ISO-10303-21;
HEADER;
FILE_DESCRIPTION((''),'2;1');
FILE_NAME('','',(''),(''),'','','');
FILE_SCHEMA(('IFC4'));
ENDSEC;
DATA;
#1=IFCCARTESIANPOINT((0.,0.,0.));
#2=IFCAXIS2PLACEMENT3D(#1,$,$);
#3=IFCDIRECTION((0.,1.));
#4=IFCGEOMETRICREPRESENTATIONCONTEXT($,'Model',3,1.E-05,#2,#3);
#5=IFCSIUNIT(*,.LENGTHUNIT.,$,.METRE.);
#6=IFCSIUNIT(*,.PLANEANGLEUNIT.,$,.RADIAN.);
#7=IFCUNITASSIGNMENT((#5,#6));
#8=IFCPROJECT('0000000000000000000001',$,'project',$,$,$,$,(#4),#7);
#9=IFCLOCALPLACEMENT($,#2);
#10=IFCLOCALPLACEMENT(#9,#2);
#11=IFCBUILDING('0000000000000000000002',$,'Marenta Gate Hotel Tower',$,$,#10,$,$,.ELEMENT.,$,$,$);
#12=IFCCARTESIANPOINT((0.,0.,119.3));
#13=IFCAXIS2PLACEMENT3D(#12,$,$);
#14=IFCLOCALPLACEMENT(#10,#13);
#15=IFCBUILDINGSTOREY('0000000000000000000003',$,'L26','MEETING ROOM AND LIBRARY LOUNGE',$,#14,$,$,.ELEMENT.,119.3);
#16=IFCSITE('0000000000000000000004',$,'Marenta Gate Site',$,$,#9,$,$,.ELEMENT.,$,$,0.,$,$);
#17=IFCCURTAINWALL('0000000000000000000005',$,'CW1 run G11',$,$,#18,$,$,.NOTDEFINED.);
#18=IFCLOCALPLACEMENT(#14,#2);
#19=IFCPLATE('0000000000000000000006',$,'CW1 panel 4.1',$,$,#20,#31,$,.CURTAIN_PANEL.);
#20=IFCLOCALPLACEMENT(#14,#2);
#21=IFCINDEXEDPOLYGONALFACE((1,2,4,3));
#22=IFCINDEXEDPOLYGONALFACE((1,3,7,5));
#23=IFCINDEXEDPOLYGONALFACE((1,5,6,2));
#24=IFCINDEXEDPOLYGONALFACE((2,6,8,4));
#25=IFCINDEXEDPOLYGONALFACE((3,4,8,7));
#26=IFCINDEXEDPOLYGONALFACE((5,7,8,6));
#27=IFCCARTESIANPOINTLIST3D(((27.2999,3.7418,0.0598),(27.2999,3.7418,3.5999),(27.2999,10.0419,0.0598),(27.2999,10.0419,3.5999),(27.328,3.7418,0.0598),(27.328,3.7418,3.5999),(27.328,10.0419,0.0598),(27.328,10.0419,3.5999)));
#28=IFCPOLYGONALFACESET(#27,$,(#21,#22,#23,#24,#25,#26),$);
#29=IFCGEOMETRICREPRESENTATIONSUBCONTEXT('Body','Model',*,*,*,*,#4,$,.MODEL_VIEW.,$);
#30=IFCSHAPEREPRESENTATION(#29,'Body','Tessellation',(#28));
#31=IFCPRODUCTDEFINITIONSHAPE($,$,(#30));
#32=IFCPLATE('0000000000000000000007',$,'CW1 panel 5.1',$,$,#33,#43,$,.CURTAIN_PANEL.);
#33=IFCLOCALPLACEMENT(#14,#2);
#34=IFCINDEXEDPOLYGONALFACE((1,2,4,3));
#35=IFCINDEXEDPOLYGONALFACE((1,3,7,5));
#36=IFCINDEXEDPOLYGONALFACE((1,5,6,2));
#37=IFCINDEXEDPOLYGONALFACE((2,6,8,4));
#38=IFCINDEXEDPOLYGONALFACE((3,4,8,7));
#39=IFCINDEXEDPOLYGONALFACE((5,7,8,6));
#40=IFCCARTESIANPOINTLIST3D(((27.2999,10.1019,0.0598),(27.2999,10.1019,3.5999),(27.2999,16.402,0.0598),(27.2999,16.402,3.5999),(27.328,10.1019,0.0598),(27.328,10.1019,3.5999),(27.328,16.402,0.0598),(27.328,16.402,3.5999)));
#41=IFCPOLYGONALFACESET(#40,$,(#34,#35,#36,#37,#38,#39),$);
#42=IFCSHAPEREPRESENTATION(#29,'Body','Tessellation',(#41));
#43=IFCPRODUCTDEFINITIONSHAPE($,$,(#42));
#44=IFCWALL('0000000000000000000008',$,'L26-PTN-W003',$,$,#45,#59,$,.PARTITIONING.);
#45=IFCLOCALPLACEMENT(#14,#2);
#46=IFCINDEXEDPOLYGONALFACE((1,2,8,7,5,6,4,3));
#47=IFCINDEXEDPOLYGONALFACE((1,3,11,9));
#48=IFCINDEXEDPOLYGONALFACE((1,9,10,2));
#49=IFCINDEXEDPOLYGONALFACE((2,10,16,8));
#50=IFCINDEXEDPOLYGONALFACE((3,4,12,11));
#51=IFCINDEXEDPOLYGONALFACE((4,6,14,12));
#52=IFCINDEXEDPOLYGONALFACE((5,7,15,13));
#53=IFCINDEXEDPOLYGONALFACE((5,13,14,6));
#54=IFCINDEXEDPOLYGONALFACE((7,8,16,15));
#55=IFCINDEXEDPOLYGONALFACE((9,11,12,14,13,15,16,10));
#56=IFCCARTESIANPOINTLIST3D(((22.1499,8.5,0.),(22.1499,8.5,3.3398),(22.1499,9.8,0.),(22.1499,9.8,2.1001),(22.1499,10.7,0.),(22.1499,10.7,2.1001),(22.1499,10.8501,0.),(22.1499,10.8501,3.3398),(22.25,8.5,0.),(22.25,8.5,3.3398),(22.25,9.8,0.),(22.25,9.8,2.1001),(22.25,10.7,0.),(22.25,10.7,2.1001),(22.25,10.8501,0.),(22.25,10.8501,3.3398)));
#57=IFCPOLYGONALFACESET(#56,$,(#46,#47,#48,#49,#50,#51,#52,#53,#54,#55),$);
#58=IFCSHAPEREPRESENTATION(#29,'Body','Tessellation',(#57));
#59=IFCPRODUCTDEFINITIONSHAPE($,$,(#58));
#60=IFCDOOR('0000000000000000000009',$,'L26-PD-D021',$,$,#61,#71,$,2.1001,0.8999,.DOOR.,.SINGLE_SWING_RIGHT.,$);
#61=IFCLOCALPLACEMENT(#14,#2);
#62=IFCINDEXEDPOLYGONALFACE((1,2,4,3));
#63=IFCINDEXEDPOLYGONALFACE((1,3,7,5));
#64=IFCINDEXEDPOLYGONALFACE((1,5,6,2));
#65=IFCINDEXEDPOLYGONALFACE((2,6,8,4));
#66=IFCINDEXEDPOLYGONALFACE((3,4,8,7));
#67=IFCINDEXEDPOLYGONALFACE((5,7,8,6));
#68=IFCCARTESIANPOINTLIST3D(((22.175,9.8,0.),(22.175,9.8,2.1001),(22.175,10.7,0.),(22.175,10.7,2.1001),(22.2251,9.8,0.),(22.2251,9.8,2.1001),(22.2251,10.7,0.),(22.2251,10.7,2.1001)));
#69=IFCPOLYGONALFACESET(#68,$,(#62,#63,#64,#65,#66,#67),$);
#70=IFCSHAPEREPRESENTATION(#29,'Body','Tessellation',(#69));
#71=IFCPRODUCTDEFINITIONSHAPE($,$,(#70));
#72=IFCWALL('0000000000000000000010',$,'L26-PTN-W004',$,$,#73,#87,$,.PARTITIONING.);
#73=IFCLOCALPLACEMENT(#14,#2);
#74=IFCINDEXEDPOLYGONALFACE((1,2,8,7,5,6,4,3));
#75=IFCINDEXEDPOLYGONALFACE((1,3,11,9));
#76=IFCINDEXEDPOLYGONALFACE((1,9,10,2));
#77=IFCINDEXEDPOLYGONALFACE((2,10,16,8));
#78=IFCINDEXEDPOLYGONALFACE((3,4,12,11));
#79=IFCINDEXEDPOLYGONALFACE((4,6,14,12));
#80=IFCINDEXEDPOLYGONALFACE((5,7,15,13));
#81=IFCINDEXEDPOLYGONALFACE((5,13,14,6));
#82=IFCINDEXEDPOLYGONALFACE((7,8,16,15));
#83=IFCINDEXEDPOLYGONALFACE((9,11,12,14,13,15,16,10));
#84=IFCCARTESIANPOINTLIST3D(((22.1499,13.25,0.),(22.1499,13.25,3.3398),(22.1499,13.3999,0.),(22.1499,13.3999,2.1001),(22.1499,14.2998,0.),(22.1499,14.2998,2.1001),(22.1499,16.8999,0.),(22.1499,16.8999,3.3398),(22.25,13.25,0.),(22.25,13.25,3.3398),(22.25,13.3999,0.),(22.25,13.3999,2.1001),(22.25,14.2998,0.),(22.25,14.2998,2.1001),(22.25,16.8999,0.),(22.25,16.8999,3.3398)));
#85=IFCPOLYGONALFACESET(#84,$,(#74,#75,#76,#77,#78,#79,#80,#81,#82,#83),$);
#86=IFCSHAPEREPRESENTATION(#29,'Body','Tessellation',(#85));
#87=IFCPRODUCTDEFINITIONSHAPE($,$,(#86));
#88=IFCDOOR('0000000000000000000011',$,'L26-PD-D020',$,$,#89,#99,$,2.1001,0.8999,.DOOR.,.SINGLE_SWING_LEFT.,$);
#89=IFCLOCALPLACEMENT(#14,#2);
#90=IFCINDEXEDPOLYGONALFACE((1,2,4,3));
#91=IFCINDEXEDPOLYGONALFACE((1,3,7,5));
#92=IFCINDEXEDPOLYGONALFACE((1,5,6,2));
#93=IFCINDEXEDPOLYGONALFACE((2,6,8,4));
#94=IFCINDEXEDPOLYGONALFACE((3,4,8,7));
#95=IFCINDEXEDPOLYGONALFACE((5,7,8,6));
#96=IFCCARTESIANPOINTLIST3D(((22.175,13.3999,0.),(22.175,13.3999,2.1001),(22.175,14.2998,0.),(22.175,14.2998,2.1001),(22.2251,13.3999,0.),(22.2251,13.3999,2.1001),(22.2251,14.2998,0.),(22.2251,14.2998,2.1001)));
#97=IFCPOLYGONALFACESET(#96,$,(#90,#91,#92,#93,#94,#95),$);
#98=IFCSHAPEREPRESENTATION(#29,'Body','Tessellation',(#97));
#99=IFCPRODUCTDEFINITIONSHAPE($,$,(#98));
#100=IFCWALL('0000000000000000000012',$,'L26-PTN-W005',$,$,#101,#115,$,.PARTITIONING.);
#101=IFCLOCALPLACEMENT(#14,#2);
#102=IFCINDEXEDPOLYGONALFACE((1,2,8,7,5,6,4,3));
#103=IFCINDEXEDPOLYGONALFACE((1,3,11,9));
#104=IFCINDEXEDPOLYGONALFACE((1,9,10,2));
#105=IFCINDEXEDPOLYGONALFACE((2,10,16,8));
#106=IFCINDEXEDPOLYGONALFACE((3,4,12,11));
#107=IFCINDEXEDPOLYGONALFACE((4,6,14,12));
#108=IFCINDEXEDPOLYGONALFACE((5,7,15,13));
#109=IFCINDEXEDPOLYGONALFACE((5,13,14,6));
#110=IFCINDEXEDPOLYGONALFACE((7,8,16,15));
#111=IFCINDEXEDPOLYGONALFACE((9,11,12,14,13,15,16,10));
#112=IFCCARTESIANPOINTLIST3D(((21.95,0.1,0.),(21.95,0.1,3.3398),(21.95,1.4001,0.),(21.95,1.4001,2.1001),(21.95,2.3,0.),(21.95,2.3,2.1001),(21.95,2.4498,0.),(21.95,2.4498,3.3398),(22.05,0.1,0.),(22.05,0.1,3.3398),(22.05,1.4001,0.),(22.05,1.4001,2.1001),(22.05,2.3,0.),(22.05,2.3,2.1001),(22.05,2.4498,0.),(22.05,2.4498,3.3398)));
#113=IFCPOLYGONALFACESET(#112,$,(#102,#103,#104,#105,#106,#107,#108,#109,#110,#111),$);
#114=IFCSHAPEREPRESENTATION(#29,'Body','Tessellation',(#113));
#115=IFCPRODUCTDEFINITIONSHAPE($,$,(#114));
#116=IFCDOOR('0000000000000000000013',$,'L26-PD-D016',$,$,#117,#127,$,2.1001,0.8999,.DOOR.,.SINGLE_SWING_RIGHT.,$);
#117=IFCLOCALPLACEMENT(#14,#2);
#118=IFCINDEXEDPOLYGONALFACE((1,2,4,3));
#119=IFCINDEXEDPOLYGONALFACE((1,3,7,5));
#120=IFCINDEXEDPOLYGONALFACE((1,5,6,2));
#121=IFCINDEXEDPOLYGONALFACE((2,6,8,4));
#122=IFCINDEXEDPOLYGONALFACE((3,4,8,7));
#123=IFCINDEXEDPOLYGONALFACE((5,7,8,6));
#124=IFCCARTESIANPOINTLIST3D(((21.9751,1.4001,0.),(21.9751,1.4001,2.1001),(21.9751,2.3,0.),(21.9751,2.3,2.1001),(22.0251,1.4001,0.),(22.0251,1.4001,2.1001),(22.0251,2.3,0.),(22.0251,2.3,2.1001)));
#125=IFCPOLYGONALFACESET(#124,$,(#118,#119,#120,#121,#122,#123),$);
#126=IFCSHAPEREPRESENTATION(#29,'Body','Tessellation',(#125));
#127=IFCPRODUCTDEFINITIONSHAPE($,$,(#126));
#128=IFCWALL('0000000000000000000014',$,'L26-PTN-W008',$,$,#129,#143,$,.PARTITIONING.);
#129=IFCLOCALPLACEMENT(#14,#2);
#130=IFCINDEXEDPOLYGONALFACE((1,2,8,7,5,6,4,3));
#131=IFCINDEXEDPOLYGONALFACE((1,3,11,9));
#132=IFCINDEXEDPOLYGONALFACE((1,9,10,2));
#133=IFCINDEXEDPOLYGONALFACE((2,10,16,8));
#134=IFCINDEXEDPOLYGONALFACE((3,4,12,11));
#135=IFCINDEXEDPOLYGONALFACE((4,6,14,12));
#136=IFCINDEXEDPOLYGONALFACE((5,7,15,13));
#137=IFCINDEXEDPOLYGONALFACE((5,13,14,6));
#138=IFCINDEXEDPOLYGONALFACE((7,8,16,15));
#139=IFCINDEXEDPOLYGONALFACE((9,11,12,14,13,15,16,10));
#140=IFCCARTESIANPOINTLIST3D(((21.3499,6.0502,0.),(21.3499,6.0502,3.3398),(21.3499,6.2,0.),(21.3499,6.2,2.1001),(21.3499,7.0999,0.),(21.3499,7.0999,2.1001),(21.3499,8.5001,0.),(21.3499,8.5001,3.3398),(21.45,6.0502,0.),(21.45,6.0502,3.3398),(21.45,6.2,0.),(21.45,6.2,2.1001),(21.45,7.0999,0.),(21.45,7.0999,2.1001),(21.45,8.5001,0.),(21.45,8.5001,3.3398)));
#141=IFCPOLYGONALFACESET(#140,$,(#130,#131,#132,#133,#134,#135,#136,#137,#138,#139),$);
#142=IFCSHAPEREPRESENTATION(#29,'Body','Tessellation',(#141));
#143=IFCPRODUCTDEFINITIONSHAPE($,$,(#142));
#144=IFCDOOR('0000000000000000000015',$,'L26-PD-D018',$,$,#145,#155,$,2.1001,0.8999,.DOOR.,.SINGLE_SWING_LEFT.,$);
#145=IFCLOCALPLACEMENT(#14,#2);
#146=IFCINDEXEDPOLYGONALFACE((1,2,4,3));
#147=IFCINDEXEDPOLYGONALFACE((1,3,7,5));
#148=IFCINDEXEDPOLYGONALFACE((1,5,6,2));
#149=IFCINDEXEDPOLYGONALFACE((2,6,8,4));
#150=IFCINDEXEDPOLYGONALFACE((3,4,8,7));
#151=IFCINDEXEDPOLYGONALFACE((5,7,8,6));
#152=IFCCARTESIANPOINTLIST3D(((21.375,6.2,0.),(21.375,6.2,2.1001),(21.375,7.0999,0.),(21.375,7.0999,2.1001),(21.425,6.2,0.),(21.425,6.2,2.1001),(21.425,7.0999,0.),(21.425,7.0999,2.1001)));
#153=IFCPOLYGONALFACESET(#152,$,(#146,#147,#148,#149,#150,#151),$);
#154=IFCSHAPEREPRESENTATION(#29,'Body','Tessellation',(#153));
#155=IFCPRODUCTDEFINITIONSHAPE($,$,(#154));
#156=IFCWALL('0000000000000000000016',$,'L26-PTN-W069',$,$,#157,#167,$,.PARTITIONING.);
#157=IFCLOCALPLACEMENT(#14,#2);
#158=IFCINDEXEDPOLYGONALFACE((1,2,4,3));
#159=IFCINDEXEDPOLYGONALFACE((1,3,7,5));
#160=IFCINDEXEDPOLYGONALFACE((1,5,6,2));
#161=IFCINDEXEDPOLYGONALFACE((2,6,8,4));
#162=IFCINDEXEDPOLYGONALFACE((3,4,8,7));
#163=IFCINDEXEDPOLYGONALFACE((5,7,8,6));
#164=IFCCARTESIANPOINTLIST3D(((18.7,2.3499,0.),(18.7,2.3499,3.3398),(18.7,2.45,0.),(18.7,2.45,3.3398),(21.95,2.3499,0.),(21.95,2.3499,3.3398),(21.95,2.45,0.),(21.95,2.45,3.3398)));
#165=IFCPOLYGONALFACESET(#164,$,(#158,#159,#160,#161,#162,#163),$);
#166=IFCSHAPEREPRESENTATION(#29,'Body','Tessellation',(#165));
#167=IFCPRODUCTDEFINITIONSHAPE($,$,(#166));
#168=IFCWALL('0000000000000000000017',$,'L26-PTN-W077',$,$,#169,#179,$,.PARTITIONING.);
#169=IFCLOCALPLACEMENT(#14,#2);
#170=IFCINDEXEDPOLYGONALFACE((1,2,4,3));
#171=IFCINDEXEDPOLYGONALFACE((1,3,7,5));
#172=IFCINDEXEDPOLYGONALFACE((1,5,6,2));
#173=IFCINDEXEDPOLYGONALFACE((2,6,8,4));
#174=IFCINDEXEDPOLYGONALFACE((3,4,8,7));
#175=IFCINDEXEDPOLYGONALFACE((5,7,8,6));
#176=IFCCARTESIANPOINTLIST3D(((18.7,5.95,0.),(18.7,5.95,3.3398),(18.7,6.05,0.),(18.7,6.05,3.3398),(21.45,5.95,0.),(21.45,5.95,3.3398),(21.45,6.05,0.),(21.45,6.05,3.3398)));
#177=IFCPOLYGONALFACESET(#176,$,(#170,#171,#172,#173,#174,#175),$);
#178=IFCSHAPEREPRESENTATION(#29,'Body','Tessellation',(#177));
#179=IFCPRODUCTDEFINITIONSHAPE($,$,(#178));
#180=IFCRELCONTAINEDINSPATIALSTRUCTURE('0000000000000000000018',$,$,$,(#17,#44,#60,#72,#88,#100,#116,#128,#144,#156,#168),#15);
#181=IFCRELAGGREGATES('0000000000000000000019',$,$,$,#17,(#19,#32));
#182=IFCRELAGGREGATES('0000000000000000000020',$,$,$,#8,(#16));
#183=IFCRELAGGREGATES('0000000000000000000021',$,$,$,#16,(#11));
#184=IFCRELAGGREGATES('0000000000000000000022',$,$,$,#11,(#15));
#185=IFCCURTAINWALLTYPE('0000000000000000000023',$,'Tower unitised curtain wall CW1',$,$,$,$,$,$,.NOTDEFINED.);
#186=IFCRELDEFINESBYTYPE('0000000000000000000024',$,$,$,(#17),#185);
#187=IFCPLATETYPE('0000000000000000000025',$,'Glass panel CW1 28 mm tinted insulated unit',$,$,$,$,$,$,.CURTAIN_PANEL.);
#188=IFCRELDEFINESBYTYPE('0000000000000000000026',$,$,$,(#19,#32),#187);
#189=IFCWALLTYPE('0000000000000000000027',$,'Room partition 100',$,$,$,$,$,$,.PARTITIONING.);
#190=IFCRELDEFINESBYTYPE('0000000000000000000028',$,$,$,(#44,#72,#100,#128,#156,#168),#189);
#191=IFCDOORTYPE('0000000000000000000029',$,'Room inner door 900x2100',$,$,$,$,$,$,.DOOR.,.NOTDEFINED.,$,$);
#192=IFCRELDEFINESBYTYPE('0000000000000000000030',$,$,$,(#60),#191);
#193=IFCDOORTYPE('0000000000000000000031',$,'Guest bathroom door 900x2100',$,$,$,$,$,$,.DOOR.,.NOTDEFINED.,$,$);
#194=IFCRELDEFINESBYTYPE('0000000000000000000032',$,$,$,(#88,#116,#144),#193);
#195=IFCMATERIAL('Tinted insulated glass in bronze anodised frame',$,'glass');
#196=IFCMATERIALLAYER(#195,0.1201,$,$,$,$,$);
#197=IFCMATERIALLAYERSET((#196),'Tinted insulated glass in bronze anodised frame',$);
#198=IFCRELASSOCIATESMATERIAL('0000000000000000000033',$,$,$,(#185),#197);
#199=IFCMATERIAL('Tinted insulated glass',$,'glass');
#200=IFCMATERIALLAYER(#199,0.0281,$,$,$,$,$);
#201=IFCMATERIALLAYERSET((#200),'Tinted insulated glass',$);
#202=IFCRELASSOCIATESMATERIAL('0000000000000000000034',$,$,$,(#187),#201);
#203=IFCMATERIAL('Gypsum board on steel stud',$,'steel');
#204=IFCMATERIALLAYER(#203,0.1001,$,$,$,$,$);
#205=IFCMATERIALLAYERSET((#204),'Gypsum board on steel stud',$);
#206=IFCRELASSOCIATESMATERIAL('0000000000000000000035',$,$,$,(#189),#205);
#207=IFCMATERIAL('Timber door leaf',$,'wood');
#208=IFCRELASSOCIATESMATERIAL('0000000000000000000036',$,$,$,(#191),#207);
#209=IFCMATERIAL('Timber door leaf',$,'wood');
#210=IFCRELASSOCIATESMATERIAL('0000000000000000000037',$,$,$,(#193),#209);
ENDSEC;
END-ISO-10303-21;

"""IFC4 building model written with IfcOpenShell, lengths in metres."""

from ifc_helpers import new_model, si_unit, direction, frame, frame_2d, origin, origin_2d, place, context, subcontext, project, spatial, rectangle, extrude, material, layer, layer_set, type_object, element, fill, aggregate, save


model = new_model("IFC4")

# Units and contexts
model_context = context("Model", 3, precision=1e-05, world=origin(), true_north=direction((0.0, 1.0)))
body_context = subcontext(model_context, "Body", "Model", "MODEL_VIEW")
ifc_project = project(units=[si_unit("LENGTHUNIT", "METRE"), si_unit("PLANEANGLEUNIT", "RADIAN")], contexts=[model_context])

# Site, building, storey
site_placement = place(None, origin())
site = spatial("IfcSite", under=ifc_project, at=site_placement, Name="Marenta Gate Site", CompositionType="ELEMENT", RefElevation=0.0)
building_placement = place(site_placement, origin())
building = spatial("IfcBuilding", under=site, at=building_placement, Name="Marenta Gate Hotel Tower", CompositionType="ELEMENT")
storey_placement = place(building_placement, frame((0.0, 0.0, 119.3)))
storey = spatial("IfcBuildingStorey", under=building, at=storey_placement, Name="L26", Description="MEETING ROOM AND LIBRARY LOUNGE", CompositionType="ELEMENT", Elevation=119.3)

# Curtain wall, plates
ifc_material_1 = material(Name="Tinted insulated glass in bronze anodised frame", Category="glass")
ifc_layer_1 = layer(ifc_material_1, 0.1201)
ifc_layer_set_1 = layer_set([ifc_layer_1], Name="Tinted insulated glass in bronze anodised frame")
curtain_wall_type = type_object("IfcCurtainWallType", Name="Tower unitised curtain wall CW1", PredefinedType="NOTDEFINED", material=ifc_layer_set_1)
curtain_wall_placement = place(storey_placement, origin())
curtain_wall = element("IfcCurtainWall", 1, at=curtain_wall_placement, inside=storey, type_object=curtain_wall_type, Name="CW1 run G11", PredefinedType="NOTDEFINED")
ifc_material_2 = material(Name="Tinted insulated glass", Category="glass")
ifc_layer_2 = layer(ifc_material_2, 0.0281)
ifc_layer_set_2 = layer_set([ifc_layer_2], Name="Tinted insulated glass")
plate_type = type_object("IfcPlateType", Name="Glass panel CW1 28 mm tinted insulated unit", PredefinedType="CURTAIN_PANEL", material=ifc_layer_set_2)
plate_1_placement = place(storey_placement, frame((27.314, 6.8918, 0.0598), z_axis=(0.0, 0.0, 1.0), x_axis=(0.0, 1.0, 0.0)))
plate_1 = element("IfcPlate", 2, at=plate_1_placement, type_object=plate_type, Name="CW1 panel 4.1", PredefinedType="CURTAIN_PANEL", context=body_context, shape_type="SweptSolid", body=[
    extrude(rectangle(XDim=6.3, YDim=0.0281, at=origin_2d()), origin(), (0.0, 0.0, 1.0), 3.54),
])
plate_2_placement = place(storey_placement, frame((27.314, 13.252, 0.0598), z_axis=(0.0, 0.0, 1.0), x_axis=(0.0, 1.0, 0.0)))
plate_2 = element("IfcPlate", 3, at=plate_2_placement, type_object=plate_type, Name="CW1 panel 5.1", PredefinedType="CURTAIN_PANEL", context=body_context, shape_type="SweptSolid", body=[
    extrude(rectangle(XDim=6.3, YDim=0.0281, at=origin_2d()), origin(), (0.0, 0.0, 1.0), 3.54),
])
aggregate(curtain_wall, [plate_1, plate_2])

# Walls, openings, doors
ifc_material_3 = material(Name="Gypsum board on steel stud", Category="steel")
ifc_layer_3 = layer(ifc_material_3, 0.1001)
ifc_layer_set_3 = layer_set([ifc_layer_3], Name="Gypsum board on steel stud")
wall_type_1 = type_object("IfcWallType", Name="Room partition 100", PredefinedType="PARTITIONING", material=ifc_layer_set_3)
wall_1_placement = place(storey_placement, frame((22.2, 8.5, 0.0), z_axis=(0.0, 0.0, 1.0), x_axis=(0.0, 1.0, 0.0)))
wall_1 = element("IfcWall", 4, at=wall_1_placement, inside=storey, type_object=wall_type_1, Name="L26-PTN-W003", PredefinedType="PARTITIONING", context=body_context, shape_type="SweptSolid", body=[
    extrude(rectangle(XDim=2.3501, YDim=0.1001, at=frame_2d((1.175, 0.0))), origin(), (0.0, 0.0, 1.0), 3.3398),
])
opening_1_placement = place(wall_1_placement, frame((1.3, 0.0, 0.0)))
opening_1 = element("IfcOpeningElement", 5, at=opening_1_placement, cuts=wall_1, PredefinedType="OPENING", context=body_context, shape_type="SweptSolid", body=[
    extrude(rectangle(XDim=0.8999, YDim=2.1001, at=frame_2d((0.45, 1.05))), frame((0.0, 0.05, 0.0), z_axis=(0.0, -1.0, 0.0), x_axis=(1.0, 0.0, 0.0)), (0.0, 0.0, 1.0), 0.1001),
])
ifc_material_4 = material(Name="Timber door leaf", Category="wood")
door_type_1 = type_object("IfcDoorType", Name="Room inner door 900x2100", OperationType="NOTDEFINED", PredefinedType="DOOR", material=ifc_material_4)
door_1_placement = place(opening_1_placement, origin())
door_1 = element("IfcDoor", 6, at=door_1_placement, inside=storey, type_object=door_type_1, Name="L26-PD-D021", OperationType="SINGLE_SWING_RIGHT", OverallHeight=2.1001, OverallWidth=0.8999, PredefinedType="DOOR", context=body_context, shape_type="SweptSolid", body=[
    extrude(rectangle(XDim=0.8999, YDim=2.1001, at=frame_2d((0.45, 1.05))), frame((0.0, 0.0249, 0.0), z_axis=(0.0, -1.0, 0.0), x_axis=(1.0, 0.0, 0.0)), (0.0, 0.0, 1.0), 0.05),
])
fill(opening_1, door_1)
wall_2_placement = place(storey_placement, frame((22.2, 13.25, 0.0), z_axis=(0.0, 0.0, 1.0), x_axis=(0.0, 1.0, 0.0)))
wall_2 = element("IfcWall", 7, at=wall_2_placement, inside=storey, type_object=wall_type_1, Name="L26-PTN-W004", PredefinedType="PARTITIONING", context=body_context, shape_type="SweptSolid", body=[
    extrude(rectangle(XDim=3.6499, YDim=0.1001, at=frame_2d((1.825, 0.0))), origin(), (0.0, 0.0, 1.0), 3.3398),
])
opening_2_placement = place(wall_2_placement, frame((0.1499, 0.0, 0.0)))
opening_2 = element("IfcOpeningElement", 8, at=opening_2_placement, cuts=wall_2, PredefinedType="OPENING", context=body_context, shape_type="SweptSolid", body=[
    extrude(rectangle(XDim=0.8999, YDim=2.1001, at=frame_2d((0.45, 1.05))), frame((0.0, 0.05, 0.0), z_axis=(0.0, -1.0, 0.0), x_axis=(1.0, 0.0, 0.0)), (0.0, 0.0, 1.0), 0.1001),
])
ifc_material_5 = material(Name="Timber door leaf", Category="wood")
door_type_2 = type_object("IfcDoorType", Name="Guest bathroom door 900x2100", OperationType="NOTDEFINED", PredefinedType="DOOR", material=ifc_material_5)
door_2_placement = place(opening_2_placement, origin())
door_2 = element("IfcDoor", 9, at=door_2_placement, inside=storey, type_object=door_type_2, Name="L26-PD-D020", OperationType="SINGLE_SWING_LEFT", OverallHeight=2.1001, OverallWidth=0.8999, PredefinedType="DOOR", context=body_context, shape_type="SweptSolid", body=[
    extrude(rectangle(XDim=0.8999, YDim=2.1001, at=frame_2d((0.45, 1.05))), frame((0.0, 0.0249, 0.0), z_axis=(0.0, -1.0, 0.0), x_axis=(1.0, 0.0, 0.0)), (0.0, 0.0, 1.0), 0.05),
])
fill(opening_2, door_2)
wall_3_placement = place(storey_placement, frame((22.0, 0.1001, 0.0), z_axis=(0.0, 0.0, 1.0), x_axis=(0.0, 1.0, 0.0)))
wall_3 = element("IfcWall", 10, at=wall_3_placement, inside=storey, type_object=wall_type_1, Name="L26-PTN-W005", PredefinedType="PARTITIONING", context=body_context, shape_type="SweptSolid", body=[
    extrude(rectangle(XDim=2.3499, YDim=0.1001, at=frame_2d((1.1748, 0.0))), origin(), (0.0, 0.0, 1.0), 3.3398),
])
opening_3_placement = place(wall_3_placement, frame((1.3, 0.0, 0.0)))
opening_3 = element("IfcOpeningElement", 11, at=opening_3_placement, cuts=wall_3, PredefinedType="OPENING", context=body_context, shape_type="SweptSolid", body=[
    extrude(rectangle(XDim=0.8999, YDim=2.1001, at=frame_2d((0.45, 1.05))), frame((0.0, 0.05, 0.0), z_axis=(0.0, -1.0, 0.0), x_axis=(1.0, 0.0, 0.0)), (0.0, 0.0, 1.0), 0.1001),
])
door_3_placement = place(opening_3_placement, origin())
door_3 = element("IfcDoor", 12, at=door_3_placement, inside=storey, type_object=door_type_2, Name="L26-PD-D016", OperationType="SINGLE_SWING_RIGHT", OverallHeight=2.1001, OverallWidth=0.8999, PredefinedType="DOOR", context=body_context, shape_type="SweptSolid", body=[
    extrude(rectangle(XDim=0.8999, YDim=2.1001, at=frame_2d((0.45, 1.05))), frame((0.0, 0.0249, 0.0), z_axis=(0.0, -1.0, 0.0), x_axis=(1.0, 0.0, 0.0)), (0.0, 0.0, 1.0), 0.05),
])
fill(opening_3, door_3)
wall_4_placement = place(storey_placement, frame((21.3999, 6.05, 0.0), z_axis=(0.0, 0.0, 1.0), x_axis=(0.0, 1.0, 0.0)))
wall_4 = element("IfcWall", 13, at=wall_4_placement, inside=storey, type_object=wall_type_1, Name="L26-PTN-W008", PredefinedType="PARTITIONING", context=body_context, shape_type="SweptSolid", body=[
    extrude(rectangle(XDim=2.45, YDim=0.1001, at=frame_2d((1.2251, 0.0))), origin(), (0.0, 0.0, 1.0), 3.3398),
])
opening_4_placement = place(wall_4_placement, frame((0.1499, 0.0, 0.0)))
opening_4 = element("IfcOpeningElement", 14, at=opening_4_placement, cuts=wall_4, PredefinedType="OPENING", context=body_context, shape_type="SweptSolid", body=[
    extrude(rectangle(XDim=0.8999, YDim=2.1001, at=frame_2d((0.45, 1.05))), frame((0.0, 0.05, 0.0), z_axis=(0.0, -1.0, 0.0), x_axis=(1.0, 0.0, 0.0)), (0.0, 0.0, 1.0), 0.1001),
])
door_4_placement = place(opening_4_placement, origin())
door_4 = element("IfcDoor", 15, at=door_4_placement, inside=storey, type_object=door_type_2, Name="L26-PD-D018", OperationType="SINGLE_SWING_LEFT", OverallHeight=2.1001, OverallWidth=0.8999, PredefinedType="DOOR", context=body_context, shape_type="SweptSolid", body=[
    extrude(rectangle(XDim=0.8999, YDim=2.1001, at=frame_2d((0.45, 1.05))), frame((0.0, 0.0249, 0.0), z_axis=(0.0, -1.0, 0.0), x_axis=(1.0, 0.0, 0.0)), (0.0, 0.0, 1.0), 0.05),
])
fill(opening_4, door_4)

# Walls
wall_5_placement = place(storey_placement, frame((18.7, 2.3999, 0.0), z_axis=(0.0, 0.0, 1.0), x_axis=(1.0, 0.0, 0.0)))
element("IfcWall", 16, at=wall_5_placement, inside=storey, type_object=wall_type_1, Name="L26-PTN-W069", PredefinedType="PARTITIONING", context=body_context, shape_type="SweptSolid", body=[
    extrude(rectangle(XDim=3.25, YDim=0.1001, at=frame_2d((1.625, 0.0))), origin(), (0.0, 0.0, 1.0), 3.3398),
])
wall_6_placement = place(storey_placement, frame((18.7, 6.0, 0.0), z_axis=(0.0, 0.0, 1.0), x_axis=(1.0, 0.0, 0.0)))
element("IfcWall", 17, at=wall_6_placement, inside=storey, type_object=wall_type_1, Name="L26-PTN-W077", PredefinedType="PARTITIONING", context=body_context, shape_type="SweptSolid", body=[
    extrude(rectangle(XDim=2.75, YDim=0.1001, at=frame_2d((1.375, 0.0))), origin(), (0.0, 0.0, 1.0), 3.3398),
])

save(model, "model.ifc")
